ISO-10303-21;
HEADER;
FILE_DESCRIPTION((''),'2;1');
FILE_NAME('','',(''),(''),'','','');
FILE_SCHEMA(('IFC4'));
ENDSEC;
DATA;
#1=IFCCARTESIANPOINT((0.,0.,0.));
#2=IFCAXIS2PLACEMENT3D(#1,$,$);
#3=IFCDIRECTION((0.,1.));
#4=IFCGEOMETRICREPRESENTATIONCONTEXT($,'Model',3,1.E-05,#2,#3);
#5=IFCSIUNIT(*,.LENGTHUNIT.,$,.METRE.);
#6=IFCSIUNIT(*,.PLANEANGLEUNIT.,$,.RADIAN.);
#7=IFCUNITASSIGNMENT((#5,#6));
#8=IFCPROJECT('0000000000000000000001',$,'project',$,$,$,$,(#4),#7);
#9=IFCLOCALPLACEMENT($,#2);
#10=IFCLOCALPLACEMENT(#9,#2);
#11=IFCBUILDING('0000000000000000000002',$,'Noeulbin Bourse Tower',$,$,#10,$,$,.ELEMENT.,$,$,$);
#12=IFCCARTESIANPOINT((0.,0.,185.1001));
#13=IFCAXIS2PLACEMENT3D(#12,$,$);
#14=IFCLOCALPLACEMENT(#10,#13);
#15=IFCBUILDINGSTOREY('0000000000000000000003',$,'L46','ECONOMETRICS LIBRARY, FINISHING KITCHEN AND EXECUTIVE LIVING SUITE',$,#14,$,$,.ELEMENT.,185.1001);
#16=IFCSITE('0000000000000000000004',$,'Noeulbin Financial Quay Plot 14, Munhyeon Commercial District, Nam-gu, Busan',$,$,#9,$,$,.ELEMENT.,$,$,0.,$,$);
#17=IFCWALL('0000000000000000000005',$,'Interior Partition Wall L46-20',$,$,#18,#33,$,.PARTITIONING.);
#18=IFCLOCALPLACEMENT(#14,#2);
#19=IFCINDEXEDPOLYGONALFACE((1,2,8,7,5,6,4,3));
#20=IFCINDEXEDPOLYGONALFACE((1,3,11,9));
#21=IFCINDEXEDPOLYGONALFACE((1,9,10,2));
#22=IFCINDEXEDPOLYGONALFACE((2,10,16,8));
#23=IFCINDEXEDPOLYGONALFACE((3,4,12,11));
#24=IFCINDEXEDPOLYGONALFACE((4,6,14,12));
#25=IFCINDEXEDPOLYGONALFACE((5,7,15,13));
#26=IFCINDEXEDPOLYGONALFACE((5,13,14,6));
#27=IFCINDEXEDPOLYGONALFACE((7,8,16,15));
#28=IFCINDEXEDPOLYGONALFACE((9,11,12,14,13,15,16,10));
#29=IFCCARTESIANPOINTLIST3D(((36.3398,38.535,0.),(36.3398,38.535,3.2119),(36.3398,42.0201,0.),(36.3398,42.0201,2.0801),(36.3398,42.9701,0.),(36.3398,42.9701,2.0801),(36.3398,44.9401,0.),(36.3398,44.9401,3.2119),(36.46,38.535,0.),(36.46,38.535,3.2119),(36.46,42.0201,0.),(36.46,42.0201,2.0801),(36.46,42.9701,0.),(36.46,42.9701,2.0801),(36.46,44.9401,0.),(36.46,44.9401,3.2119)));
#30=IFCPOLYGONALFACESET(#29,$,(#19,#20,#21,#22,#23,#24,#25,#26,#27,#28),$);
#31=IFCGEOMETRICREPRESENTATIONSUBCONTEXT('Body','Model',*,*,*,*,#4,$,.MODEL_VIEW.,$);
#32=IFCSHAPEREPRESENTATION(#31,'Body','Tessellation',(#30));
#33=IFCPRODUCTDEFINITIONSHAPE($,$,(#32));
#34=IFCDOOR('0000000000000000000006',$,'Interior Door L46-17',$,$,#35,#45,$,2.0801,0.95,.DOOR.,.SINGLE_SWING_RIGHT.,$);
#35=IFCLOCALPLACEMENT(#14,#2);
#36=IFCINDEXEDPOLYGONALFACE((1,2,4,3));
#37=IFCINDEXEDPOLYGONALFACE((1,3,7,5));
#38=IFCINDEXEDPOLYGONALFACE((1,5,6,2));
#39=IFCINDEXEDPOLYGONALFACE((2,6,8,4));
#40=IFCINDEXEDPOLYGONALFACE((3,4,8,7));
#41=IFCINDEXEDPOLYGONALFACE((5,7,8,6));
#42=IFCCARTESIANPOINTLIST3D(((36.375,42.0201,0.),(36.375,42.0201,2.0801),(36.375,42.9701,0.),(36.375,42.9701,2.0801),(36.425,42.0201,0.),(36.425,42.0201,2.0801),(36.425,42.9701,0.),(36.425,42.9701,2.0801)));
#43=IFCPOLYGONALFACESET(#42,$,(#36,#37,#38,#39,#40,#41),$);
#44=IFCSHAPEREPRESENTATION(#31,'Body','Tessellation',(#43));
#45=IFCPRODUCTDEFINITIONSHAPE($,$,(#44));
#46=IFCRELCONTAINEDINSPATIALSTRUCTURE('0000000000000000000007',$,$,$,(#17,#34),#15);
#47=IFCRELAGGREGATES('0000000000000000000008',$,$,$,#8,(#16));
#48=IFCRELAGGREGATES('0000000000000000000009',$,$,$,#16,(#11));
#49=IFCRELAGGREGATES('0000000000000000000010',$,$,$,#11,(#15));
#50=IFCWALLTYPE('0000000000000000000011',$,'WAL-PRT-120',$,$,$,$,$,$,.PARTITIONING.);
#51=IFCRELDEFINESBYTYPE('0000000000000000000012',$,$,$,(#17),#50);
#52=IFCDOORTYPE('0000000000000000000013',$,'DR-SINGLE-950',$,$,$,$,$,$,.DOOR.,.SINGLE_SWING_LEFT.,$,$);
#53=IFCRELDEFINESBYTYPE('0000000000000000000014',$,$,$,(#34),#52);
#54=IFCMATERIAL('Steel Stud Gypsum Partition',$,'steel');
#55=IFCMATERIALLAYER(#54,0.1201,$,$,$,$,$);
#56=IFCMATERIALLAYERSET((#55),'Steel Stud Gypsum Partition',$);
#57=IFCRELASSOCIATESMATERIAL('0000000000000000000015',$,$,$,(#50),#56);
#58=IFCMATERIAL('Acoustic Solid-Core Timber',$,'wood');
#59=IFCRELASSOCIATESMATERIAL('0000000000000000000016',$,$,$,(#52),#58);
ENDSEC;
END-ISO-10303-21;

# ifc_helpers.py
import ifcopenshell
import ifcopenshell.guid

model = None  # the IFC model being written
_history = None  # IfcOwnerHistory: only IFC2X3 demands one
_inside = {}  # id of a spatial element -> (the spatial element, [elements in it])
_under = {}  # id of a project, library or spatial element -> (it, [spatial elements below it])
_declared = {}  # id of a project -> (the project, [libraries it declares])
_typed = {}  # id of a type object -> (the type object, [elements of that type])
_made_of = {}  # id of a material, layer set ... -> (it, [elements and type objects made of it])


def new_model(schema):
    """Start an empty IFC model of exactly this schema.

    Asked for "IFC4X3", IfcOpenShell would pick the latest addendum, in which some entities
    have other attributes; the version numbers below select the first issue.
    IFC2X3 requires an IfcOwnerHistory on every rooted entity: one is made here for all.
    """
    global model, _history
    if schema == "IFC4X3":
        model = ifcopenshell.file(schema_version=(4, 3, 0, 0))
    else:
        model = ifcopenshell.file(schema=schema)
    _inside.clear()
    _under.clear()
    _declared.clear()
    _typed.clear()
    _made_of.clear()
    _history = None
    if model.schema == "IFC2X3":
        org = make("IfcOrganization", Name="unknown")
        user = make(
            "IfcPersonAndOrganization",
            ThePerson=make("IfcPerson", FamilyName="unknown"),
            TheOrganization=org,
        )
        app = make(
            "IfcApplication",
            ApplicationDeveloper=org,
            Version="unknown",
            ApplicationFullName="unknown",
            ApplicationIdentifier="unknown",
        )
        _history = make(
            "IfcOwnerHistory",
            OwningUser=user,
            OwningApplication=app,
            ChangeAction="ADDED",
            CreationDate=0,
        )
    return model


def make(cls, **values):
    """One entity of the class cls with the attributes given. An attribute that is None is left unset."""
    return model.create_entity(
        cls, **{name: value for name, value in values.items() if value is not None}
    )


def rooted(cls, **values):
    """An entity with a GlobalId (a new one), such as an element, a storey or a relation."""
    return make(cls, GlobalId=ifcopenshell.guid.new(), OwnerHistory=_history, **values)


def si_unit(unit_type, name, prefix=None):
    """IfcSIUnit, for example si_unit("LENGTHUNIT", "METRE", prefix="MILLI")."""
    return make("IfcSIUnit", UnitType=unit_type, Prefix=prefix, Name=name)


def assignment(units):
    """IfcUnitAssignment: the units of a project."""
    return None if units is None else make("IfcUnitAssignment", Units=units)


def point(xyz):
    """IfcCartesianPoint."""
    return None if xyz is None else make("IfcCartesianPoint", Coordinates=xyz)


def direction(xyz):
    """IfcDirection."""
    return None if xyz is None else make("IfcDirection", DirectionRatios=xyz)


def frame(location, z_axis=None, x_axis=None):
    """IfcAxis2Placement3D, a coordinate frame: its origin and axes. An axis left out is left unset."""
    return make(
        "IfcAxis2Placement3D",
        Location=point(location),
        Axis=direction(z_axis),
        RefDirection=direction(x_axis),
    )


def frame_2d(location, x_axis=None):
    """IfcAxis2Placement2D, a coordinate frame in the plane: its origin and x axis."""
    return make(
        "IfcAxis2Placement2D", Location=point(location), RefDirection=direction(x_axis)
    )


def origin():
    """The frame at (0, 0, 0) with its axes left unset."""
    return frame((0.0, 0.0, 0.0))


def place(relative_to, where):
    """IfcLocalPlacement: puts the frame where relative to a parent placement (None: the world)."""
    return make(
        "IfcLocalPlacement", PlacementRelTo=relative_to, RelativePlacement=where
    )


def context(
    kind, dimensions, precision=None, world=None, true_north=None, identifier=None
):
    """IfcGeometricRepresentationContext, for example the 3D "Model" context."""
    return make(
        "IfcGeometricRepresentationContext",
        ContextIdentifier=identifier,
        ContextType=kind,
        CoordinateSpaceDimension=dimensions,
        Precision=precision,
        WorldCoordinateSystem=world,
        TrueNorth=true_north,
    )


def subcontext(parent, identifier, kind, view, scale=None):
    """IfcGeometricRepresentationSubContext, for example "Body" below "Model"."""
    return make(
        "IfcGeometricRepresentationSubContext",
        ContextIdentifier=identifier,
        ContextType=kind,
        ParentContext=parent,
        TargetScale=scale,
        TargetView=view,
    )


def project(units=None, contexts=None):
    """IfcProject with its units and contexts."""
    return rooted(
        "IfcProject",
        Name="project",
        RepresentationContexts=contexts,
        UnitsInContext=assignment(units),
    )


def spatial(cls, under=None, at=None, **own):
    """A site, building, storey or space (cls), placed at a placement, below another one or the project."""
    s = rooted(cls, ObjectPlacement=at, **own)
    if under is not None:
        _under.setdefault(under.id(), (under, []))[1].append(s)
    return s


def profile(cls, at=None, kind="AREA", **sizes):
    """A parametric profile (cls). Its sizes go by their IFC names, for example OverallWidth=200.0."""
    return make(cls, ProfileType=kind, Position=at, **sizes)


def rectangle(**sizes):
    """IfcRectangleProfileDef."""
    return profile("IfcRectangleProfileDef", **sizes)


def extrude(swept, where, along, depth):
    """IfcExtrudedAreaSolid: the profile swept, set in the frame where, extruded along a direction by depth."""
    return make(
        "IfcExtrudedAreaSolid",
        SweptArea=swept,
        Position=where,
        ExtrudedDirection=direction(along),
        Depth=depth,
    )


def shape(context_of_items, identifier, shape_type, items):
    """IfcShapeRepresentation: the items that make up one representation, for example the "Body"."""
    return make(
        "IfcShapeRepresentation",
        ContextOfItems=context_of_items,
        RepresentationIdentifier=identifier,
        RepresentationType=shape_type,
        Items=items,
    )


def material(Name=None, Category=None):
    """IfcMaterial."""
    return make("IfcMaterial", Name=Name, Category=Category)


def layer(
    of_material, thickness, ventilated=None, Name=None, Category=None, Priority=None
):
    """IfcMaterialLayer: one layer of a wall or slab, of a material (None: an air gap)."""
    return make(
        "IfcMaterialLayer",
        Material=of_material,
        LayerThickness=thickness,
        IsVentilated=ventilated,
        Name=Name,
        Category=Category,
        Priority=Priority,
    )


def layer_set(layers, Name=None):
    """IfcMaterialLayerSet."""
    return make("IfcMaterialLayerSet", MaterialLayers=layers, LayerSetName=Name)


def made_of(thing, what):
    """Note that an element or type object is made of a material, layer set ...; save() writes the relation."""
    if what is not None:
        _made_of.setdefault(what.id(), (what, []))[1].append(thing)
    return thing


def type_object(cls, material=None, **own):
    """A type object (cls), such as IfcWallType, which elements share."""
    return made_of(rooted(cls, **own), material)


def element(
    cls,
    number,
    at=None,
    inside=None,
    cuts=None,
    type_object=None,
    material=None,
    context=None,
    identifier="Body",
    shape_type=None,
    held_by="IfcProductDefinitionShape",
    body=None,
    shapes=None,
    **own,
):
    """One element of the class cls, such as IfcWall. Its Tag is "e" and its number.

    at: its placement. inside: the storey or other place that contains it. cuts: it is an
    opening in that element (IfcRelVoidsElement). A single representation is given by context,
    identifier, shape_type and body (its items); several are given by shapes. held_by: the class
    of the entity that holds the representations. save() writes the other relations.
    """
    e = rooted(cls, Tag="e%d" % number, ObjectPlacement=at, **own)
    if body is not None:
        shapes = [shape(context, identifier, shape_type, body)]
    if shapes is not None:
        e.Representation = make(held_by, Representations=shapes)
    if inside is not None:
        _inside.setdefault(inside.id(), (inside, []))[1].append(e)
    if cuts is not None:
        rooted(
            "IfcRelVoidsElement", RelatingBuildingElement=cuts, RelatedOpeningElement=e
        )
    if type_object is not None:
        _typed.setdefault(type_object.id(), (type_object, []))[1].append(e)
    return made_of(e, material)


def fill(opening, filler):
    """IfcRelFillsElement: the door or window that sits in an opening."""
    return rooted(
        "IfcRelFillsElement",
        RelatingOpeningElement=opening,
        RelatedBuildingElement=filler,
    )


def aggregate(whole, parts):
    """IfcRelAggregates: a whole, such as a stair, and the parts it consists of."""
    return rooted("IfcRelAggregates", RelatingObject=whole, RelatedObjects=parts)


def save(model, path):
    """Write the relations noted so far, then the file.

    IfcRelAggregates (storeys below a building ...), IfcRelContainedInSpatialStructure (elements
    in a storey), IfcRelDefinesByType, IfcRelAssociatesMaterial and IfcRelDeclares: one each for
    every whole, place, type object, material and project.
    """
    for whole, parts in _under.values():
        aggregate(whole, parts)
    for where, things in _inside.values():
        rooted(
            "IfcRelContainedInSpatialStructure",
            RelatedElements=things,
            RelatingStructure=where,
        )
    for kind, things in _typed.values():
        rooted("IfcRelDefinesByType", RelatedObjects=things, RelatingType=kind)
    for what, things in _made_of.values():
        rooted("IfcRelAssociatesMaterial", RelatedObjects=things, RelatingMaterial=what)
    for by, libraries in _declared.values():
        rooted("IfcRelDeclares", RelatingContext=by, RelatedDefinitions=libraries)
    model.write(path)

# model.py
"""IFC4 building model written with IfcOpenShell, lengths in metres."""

from ifc_helpers import new_model, si_unit, direction, frame, frame_2d, origin, place, context, subcontext, project, spatial, rectangle, extrude, material, layer, layer_set, type_object, element, fill, save


model = new_model("IFC4")

# Units and contexts
model_context = context("Model", 3, precision=1e-05, world=origin(), true_north=direction((0.0, 1.0)))
body_context = subcontext(model_context, "Body", "Model", "MODEL_VIEW")
ifc_project = project(units=[si_unit("LENGTHUNIT", "METRE"), si_unit("PLANEANGLEUNIT", "RADIAN")], contexts=[model_context])

# Site, building, storey
site_placement = place(None, origin())
site = spatial("IfcSite", under=ifc_project, at=site_placement, Name="Noeulbin Financial Quay Plot 14, Munhyeon Commercial District, Nam-gu, Busan", CompositionType="ELEMENT", RefElevation=0.0)
building_placement = place(site_placement, origin())
building = spatial("IfcBuilding", under=site, at=building_placement, Name="Noeulbin Bourse Tower", CompositionType="ELEMENT")
storey_placement = place(building_placement, frame((0.0, 0.0, 185.1001)))
storey = spatial("IfcBuildingStorey", under=building, at=storey_placement, Name="L46", Description="ECONOMETRICS LIBRARY, FINISHING KITCHEN AND EXECUTIVE LIVING SUITE", CompositionType="ELEMENT", Elevation=185.1001)

# Wall, opening, door
ifc_material_1 = material(Name="Steel Stud Gypsum Partition", Category="steel")
ifc_layer_1 = layer(ifc_material_1, 0.1201)
ifc_layer_set_1 = layer_set([ifc_layer_1], Name="Steel Stud Gypsum Partition")
wall_type = type_object("IfcWallType", Name="WAL-PRT-120", PredefinedType="PARTITIONING", material=ifc_layer_set_1)
wall_placement = place(storey_placement, frame((36.3999, 38.5349, 0.0), z_axis=(0.0, 0.0, 1.0), x_axis=(0.0, 1.0, 0.0)))
wall = element("IfcWall", 1, at=wall_placement, inside=storey, type_object=wall_type, Name="Interior Partition Wall L46-20", PredefinedType="PARTITIONING", context=body_context, shape_type="SweptSolid", body=[
    extrude(rectangle(XDim=6.405, YDim=0.1201, at=frame_2d((3.2026, 0.0))), origin(), (0.0, 0.0, 1.0), 3.2119),
])
opening_placement = place(wall_placement, frame((3.4851, 0.0, 0.0)))
opening = element("IfcOpeningElement", 2, at=opening_placement, cuts=wall, PredefinedType="OPENING", context=body_context, shape_type="SweptSolid", body=[
    extrude(rectangle(XDim=0.95, YDim=2.0801, at=frame_2d((0.4751, 1.04))), frame((0.0, 0.0701, 0.0), z_axis=(0.0, -1.0, 0.0), x_axis=(1.0, 0.0, 0.0)), (0.0, 0.0, 1.0), 0.1401),
])
ifc_material_2 = material(Name="Acoustic Solid-Core Timber", Category="wood")
door_type = type_object("IfcDoorType", Name="DR-SINGLE-950", OperationType="SINGLE_SWING_LEFT", PredefinedType="DOOR", material=ifc_material_2)
door_placement = place(opening_placement, origin())
door = element("IfcDoor", 3, at=door_placement, inside=storey, type_object=door_type, Name="Interior Door L46-17", OperationType="SINGLE_SWING_RIGHT", OverallHeight=2.0801, OverallWidth=0.95, PredefinedType="DOOR", context=body_context, shape_type="SweptSolid", body=[
    extrude(rectangle(XDim=0.95, YDim=2.0801, at=frame_2d((0.4751, 1.04))), frame((0.0, 0.0249, 0.0), z_axis=(0.0, -1.0, 0.0), x_axis=(1.0, 0.0, 0.0)), (0.0, 0.0, 1.0), 0.05),
])
fill(opening, door)

save(model, "model.ifc")
